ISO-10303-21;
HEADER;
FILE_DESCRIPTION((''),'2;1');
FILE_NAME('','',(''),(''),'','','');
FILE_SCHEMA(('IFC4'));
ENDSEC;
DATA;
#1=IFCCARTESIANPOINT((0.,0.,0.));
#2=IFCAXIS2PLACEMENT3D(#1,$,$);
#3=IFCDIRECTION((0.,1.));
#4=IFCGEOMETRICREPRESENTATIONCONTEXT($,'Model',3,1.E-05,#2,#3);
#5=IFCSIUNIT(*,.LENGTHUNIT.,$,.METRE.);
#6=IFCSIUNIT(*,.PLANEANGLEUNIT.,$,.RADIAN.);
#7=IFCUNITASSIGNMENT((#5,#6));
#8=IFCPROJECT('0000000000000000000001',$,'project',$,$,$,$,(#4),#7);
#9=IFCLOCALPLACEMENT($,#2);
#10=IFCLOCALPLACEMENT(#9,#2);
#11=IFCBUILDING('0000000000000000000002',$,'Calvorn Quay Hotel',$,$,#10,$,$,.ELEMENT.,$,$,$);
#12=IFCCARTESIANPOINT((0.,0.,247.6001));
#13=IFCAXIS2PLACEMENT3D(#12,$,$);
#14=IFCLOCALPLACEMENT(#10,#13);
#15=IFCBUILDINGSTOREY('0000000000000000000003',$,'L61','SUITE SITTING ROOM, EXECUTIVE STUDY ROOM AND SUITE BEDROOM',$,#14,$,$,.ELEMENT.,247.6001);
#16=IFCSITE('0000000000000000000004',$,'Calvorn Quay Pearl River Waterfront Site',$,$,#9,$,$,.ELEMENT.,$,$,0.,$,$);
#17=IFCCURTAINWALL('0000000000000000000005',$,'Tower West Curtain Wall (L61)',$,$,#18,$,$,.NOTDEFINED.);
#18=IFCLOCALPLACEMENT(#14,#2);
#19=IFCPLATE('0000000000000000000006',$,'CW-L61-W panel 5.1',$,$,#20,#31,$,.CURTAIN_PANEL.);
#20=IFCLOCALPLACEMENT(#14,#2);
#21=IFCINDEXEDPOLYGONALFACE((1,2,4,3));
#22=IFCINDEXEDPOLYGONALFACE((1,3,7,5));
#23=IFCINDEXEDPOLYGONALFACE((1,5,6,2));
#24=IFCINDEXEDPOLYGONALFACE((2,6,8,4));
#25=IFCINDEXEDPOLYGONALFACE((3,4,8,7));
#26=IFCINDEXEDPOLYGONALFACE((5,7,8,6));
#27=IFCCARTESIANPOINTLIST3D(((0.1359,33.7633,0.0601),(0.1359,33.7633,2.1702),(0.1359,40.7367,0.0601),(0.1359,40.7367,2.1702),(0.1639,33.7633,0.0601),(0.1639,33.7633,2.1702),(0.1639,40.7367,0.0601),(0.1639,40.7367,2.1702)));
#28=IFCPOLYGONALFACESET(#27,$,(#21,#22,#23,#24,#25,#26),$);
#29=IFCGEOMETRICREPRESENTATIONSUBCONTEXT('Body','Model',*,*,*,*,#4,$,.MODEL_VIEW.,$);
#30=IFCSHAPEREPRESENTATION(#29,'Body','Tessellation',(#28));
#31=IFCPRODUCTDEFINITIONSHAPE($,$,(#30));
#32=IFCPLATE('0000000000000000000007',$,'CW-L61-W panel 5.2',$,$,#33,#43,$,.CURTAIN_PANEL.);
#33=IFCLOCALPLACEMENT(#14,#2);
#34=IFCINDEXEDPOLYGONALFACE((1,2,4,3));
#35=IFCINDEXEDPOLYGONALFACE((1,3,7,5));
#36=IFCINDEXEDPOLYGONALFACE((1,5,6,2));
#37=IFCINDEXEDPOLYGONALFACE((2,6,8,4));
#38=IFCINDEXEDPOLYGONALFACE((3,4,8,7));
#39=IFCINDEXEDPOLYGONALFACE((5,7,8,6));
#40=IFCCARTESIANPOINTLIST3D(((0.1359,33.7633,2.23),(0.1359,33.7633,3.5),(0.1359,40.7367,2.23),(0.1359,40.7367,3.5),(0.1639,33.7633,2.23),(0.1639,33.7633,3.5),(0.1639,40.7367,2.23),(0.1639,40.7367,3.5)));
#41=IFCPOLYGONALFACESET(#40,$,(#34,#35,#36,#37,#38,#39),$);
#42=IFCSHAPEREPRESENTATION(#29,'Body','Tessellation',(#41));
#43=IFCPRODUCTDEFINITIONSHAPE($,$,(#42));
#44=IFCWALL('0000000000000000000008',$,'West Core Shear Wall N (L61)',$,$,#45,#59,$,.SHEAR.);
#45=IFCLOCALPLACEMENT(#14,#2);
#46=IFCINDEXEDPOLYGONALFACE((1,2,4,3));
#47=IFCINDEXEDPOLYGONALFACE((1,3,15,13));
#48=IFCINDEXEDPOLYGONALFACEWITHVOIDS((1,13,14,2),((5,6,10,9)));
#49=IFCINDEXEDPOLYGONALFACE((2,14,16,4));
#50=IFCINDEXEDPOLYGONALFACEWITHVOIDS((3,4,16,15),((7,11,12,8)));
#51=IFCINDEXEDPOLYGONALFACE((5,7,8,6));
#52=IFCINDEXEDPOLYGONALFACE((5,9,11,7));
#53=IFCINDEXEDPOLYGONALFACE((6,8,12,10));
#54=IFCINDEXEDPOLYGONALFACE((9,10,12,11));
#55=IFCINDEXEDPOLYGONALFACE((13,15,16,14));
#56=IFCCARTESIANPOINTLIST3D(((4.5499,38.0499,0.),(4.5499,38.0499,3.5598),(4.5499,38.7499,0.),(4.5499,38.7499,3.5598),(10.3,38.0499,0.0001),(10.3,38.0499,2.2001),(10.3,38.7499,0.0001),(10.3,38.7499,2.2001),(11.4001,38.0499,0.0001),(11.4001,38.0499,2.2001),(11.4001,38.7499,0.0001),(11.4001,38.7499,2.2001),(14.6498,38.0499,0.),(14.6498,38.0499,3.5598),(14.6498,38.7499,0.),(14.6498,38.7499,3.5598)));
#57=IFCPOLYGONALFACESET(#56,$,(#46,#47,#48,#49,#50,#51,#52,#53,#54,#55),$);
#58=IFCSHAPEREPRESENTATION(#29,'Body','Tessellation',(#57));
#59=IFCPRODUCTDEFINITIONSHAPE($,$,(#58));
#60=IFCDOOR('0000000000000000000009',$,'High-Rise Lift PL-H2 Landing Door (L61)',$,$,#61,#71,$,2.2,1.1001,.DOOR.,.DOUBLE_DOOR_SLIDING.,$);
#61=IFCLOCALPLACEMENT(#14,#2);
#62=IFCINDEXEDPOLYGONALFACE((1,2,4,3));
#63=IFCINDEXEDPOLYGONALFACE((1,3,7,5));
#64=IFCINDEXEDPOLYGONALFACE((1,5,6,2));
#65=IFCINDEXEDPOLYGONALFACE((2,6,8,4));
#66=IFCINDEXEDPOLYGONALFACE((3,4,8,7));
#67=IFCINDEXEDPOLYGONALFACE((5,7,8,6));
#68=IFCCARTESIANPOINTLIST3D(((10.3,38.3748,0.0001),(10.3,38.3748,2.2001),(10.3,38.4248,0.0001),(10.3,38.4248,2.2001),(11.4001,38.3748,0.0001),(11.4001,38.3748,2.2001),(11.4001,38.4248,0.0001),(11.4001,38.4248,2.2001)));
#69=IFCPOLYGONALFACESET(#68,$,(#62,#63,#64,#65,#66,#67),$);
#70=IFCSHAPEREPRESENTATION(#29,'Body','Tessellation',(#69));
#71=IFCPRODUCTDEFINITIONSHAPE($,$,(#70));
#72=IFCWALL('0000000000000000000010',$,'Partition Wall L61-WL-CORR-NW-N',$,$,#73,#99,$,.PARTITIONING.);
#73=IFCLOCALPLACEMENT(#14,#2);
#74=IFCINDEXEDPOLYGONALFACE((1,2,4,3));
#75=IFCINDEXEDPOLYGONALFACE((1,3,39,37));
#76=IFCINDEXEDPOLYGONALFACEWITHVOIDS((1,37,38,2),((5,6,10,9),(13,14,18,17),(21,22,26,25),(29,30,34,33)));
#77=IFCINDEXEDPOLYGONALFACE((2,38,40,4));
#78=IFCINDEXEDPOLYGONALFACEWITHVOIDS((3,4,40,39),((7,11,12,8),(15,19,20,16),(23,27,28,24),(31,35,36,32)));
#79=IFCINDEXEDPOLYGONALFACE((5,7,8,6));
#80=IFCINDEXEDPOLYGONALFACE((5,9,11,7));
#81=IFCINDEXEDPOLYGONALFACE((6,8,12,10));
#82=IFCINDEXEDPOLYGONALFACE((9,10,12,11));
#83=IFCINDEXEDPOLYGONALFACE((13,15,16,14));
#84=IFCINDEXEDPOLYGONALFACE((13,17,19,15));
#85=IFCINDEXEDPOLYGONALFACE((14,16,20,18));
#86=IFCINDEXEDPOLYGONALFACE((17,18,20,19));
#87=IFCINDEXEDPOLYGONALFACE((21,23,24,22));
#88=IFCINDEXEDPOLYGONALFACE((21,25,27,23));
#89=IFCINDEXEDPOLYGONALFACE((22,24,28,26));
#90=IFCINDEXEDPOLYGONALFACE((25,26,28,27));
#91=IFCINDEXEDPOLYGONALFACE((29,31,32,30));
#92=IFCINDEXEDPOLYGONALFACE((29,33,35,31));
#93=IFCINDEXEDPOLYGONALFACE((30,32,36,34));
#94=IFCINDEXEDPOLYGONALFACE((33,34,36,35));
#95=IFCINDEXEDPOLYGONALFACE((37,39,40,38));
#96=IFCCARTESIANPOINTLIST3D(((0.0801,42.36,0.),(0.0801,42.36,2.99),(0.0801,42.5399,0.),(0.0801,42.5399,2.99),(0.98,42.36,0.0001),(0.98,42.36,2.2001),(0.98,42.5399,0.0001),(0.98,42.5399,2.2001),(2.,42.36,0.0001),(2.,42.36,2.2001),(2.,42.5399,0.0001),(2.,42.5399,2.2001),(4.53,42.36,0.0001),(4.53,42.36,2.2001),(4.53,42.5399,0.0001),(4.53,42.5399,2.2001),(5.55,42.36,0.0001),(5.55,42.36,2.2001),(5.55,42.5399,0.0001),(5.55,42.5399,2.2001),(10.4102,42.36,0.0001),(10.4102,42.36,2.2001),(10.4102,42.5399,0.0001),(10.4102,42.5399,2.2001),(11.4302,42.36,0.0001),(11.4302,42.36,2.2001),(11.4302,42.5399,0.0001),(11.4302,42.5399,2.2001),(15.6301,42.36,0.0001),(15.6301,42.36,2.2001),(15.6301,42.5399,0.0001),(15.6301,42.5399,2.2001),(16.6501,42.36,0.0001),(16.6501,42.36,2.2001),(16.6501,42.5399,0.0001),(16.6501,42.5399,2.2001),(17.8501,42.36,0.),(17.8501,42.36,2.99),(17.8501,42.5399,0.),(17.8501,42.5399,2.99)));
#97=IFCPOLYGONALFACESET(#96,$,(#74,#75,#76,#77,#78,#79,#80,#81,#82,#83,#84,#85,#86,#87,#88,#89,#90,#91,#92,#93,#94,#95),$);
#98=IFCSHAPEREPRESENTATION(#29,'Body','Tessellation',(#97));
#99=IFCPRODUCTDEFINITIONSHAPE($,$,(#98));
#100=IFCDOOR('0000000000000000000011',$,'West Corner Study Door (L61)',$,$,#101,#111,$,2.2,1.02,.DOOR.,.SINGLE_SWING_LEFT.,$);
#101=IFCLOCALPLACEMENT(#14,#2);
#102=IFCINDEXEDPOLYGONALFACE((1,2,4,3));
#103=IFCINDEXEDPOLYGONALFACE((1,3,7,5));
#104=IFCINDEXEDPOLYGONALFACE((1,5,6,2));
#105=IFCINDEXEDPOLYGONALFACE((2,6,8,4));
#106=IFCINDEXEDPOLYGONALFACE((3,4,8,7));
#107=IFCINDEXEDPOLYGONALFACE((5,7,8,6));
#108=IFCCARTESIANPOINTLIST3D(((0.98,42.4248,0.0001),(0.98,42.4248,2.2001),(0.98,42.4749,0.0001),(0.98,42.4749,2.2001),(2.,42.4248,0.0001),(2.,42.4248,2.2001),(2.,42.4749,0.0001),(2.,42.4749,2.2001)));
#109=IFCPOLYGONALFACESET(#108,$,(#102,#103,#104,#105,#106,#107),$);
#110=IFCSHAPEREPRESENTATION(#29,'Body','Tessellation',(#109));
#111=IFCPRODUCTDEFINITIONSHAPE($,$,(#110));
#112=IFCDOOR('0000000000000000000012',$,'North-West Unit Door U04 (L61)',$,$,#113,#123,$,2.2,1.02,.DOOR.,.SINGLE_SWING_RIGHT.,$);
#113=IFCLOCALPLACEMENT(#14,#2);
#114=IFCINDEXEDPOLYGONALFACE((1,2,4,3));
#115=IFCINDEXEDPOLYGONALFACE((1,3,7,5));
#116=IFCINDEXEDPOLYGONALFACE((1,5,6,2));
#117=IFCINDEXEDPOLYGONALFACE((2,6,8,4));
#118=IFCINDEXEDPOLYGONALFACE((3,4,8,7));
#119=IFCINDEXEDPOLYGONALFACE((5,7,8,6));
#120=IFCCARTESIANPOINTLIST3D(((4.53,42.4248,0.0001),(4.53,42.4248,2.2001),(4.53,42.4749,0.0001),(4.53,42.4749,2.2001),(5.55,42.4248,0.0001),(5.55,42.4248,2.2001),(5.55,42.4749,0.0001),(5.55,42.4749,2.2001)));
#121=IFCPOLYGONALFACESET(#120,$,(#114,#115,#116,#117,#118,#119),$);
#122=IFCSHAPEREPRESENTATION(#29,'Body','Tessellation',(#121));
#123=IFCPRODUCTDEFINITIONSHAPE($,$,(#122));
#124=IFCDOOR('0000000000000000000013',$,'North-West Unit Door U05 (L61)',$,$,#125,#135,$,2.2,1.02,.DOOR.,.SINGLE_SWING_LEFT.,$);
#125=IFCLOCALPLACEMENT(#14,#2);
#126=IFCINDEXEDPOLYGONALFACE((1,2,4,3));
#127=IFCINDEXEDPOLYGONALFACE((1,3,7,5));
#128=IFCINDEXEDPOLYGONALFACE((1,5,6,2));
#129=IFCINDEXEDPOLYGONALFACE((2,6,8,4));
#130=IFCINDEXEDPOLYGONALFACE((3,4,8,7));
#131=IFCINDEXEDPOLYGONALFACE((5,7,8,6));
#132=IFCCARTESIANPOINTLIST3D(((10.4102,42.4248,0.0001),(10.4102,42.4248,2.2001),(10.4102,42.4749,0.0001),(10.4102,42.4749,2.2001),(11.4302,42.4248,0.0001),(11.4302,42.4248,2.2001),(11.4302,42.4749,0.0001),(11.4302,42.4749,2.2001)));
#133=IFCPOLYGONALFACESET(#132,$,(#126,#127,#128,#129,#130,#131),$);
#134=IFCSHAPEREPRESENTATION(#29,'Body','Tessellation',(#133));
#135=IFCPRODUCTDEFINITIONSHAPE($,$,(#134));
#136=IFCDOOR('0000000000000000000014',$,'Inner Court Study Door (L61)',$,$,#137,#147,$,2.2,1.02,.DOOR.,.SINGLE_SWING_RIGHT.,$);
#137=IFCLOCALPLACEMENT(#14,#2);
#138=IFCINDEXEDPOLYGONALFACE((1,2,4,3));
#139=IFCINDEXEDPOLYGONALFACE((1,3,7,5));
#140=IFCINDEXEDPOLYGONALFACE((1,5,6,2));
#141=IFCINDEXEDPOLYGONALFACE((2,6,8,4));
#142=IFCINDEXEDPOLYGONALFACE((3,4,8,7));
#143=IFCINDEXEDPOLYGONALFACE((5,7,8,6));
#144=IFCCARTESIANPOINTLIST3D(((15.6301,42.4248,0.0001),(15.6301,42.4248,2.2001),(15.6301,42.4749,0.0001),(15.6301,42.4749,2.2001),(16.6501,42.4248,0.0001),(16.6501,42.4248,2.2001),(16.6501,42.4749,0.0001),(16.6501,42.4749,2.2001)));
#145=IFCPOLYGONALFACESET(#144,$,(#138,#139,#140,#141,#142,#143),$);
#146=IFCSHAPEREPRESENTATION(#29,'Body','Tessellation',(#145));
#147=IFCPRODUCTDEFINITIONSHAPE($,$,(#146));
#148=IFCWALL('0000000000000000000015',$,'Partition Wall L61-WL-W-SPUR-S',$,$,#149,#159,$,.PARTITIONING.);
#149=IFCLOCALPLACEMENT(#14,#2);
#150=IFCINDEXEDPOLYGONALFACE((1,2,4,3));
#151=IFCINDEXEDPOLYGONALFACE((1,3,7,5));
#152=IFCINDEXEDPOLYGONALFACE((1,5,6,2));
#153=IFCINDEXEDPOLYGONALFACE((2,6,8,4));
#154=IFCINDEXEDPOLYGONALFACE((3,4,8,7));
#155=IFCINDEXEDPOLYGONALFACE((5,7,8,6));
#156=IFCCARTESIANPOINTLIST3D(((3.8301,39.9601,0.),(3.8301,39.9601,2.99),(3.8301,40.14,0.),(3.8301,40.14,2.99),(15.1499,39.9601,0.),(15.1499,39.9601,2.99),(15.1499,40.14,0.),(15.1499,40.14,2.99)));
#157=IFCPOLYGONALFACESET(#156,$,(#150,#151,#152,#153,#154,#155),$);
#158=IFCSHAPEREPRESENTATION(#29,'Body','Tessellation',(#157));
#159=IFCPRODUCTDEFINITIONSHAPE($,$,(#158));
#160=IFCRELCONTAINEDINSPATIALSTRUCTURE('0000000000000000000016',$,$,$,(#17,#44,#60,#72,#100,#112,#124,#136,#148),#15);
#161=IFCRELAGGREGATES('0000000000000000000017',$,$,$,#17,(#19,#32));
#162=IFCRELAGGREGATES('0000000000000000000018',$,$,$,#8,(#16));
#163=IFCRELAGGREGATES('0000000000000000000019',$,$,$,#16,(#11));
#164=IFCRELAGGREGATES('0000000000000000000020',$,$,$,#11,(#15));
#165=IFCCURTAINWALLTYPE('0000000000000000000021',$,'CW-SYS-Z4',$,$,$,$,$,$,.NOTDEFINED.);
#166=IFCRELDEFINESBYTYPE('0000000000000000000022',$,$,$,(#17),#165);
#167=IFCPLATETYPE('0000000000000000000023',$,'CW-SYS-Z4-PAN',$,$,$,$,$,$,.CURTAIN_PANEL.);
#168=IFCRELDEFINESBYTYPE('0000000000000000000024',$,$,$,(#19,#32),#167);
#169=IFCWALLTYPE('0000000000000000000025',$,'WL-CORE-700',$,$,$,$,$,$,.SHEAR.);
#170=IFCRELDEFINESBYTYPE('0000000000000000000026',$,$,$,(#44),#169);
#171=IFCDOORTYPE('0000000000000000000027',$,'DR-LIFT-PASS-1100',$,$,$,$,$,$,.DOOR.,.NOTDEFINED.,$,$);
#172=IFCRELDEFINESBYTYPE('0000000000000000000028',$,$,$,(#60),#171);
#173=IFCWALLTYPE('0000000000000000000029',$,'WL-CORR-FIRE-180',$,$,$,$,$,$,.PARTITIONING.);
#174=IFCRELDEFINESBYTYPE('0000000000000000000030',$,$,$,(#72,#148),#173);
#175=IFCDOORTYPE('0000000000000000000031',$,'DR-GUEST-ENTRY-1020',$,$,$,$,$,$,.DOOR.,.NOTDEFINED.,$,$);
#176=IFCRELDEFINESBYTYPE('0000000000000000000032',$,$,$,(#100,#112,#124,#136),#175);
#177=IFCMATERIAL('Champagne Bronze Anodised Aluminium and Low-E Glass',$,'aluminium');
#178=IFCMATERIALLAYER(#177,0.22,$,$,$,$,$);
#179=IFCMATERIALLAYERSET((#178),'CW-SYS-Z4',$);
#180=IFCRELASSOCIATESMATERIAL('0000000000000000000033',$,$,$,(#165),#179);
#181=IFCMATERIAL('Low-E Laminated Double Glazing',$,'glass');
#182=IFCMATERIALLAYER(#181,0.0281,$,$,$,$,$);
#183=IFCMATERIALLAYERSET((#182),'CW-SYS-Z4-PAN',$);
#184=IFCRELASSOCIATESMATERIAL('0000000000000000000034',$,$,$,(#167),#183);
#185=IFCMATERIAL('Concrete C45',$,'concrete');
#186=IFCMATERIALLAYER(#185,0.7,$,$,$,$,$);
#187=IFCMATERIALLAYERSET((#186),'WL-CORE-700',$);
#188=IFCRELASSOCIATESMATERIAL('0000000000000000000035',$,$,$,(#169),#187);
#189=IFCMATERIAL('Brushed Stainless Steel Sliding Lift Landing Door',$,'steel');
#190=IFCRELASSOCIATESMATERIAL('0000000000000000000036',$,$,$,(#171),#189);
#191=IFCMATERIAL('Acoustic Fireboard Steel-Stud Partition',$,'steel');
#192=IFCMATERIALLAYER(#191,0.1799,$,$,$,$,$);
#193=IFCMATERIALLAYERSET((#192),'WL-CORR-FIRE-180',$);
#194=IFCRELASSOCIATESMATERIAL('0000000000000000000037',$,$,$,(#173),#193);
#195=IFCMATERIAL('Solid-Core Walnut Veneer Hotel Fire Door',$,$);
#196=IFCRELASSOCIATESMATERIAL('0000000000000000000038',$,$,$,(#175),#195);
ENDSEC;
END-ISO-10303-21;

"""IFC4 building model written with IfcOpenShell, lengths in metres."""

from ifc_helpers import new_model, si_unit, direction, frame, frame_2d, origin, origin_2d, place, context, subcontext, project, spatial, rectangle, extrude, material, layer, layer_set, type_object, element, fill, aggregate, save


model = new_model("IFC4")

# Units and contexts
model_context = context("Model", 3, precision=1e-05, world=origin(), true_north=direction((0.0, 1.0)))
body_context = subcontext(model_context, "Body", "Model", "MODEL_VIEW")
ifc_project = project(units=[si_unit("LENGTHUNIT", "METRE"), si_unit("PLANEANGLEUNIT", "RADIAN")], contexts=[model_context])

# Site, building, storey
site_placement = place(None, origin())
site = spatial("IfcSite", under=ifc_project, at=site_placement, Name="Calvorn Quay Pearl River Waterfront Site", CompositionType="ELEMENT", RefElevation=0.0)
building_placement = place(site_placement, origin())
building = spatial("IfcBuilding", under=site, at=building_placement, Name="Calvorn Quay Hotel", CompositionType="ELEMENT")
storey_placement = place(building_placement, frame((0.0, 0.0, 247.6001)))
storey = spatial("IfcBuildingStorey", under=building, at=storey_placement, Name="L61", Description="SUITE SITTING ROOM, EXECUTIVE STUDY ROOM AND SUITE BEDROOM", CompositionType="ELEMENT", Elevation=247.6001)

# Curtain wall, plates
ifc_material_1 = material(Name="Champagne Bronze Anodised Aluminium and Low-E Glass", Category="aluminium")
ifc_layer_1 = layer(ifc_material_1, 0.22)
ifc_layer_set_1 = layer_set([ifc_layer_1], Name="CW-SYS-Z4")
curtain_wall_type = type_object("IfcCurtainWallType", Name="CW-SYS-Z4", PredefinedType="NOTDEFINED", material=ifc_layer_set_1)
curtain_wall_placement = place(storey_placement, origin())
curtain_wall = element("IfcCurtainWall", 1, at=curtain_wall_placement, inside=storey, type_object=curtain_wall_type, Name="Tower West Curtain Wall (L61)", PredefinedType="NOTDEFINED")
ifc_material_2 = material(Name="Low-E Laminated Double Glazing", Category="glass")
ifc_layer_2 = layer(ifc_material_2, 0.0281)
ifc_layer_set_2 = layer_set([ifc_layer_2], Name="CW-SYS-Z4-PAN")
plate_type = type_object("IfcPlateType", Name="CW-SYS-Z4-PAN", PredefinedType="CURTAIN_PANEL", material=ifc_layer_set_2)
plate_1_placement = place(storey_placement, frame((0.1499, 37.25, 0.0601), z_axis=(0.0, 0.0, 1.0), x_axis=(0.0, 1.0, 0.0)))
plate_1 = element("IfcPlate", 2, at=plate_1_placement, type_object=plate_type, Name="CW-L61-W panel 5.1", PredefinedType="CURTAIN_PANEL", context=body_context, shape_type="SweptSolid", body=[
    extrude(rectangle(XDim=6.9734, YDim=0.0281, at=origin_2d()), origin(), (0.0, 0.0, 1.0), 2.1101),
])
plate_2_placement = place(storey_placement, frame((0.1499, 37.25, 2.23), z_axis=(0.0, 0.0, 1.0), x_axis=(0.0, 1.0, 0.0)))
plate_2 = element("IfcPlate", 3, at=plate_2_placement, type_object=plate_type, Name="CW-L61-W panel 5.2", PredefinedType="CURTAIN_PANEL", context=body_context, shape_type="SweptSolid", body=[
    extrude(rectangle(XDim=6.9734, YDim=0.0281, at=origin_2d()), origin(), (0.0, 0.0, 1.0), 1.27),
])
aggregate(curtain_wall, [plate_1, plate_2])

# Wall, opening, door
ifc_material_3 = material(Name="Concrete C45", Category="concrete")
ifc_layer_3 = layer(ifc_material_3, 0.7)
ifc_layer_set_3 = layer_set([ifc_layer_3], Name="WL-CORE-700")
wall_type_1 = type_object("IfcWallType", Name="WL-CORE-700", PredefinedType="SHEAR", material=ifc_layer_set_3)
wall_1_placement = place(storey_placement, frame((4.55, 38.3999, 0.0), z_axis=(0.0, 0.0, 1.0), x_axis=(1.0, 0.0, 0.0)))
wall_1 = element("IfcWall", 4, at=wall_1_placement, inside=storey, type_object=wall_type_1, Name="West Core Shear Wall N (L61)", PredefinedType="SHEAR", context=body_context, shape_type="SweptSolid", body=[
    extrude(rectangle(XDim=10.0999, YDim=0.7, at=frame_2d((5.0498, 0.0))), origin(), (0.0, 0.0, 1.0), 3.5598),
])
opening_1_placement = place(wall_1_placement, frame((5.75, 0.0, 0.0)))
opening_1 = element("IfcOpeningElement", 5, at=opening_1_placement, cuts=wall_1, PredefinedType="OPENING", context=body_context, shape_type="SweptSolid", body=[
    extrude(rectangle(XDim=1.1001, YDim=2.2, at=frame_2d((0.55, 1.1001))), frame((0.0, 0.3599, 0.0), z_axis=(0.0, -1.0, 0.0), x_axis=(1.0, 0.0, 0.0)), (0.0, 0.0, 1.0), 0.72),
])
ifc_material_4 = material(Name="Brushed Stainless Steel Sliding Lift Landing Door", Category="steel")
door_type_1 = type_object("IfcDoorType", Name="DR-LIFT-PASS-1100", OperationType="NOTDEFINED", PredefinedType="DOOR", material=ifc_material_4)
door_1_placement = place(opening_1_placement, origin())
door_1 = element("IfcDoor", 6, at=door_1_placement, inside=storey, type_object=door_type_1, Name="High-Rise Lift PL-H2 Landing Door (L61)", OperationType="DOUBLE_DOOR_SLIDING", OverallHeight=2.2, OverallWidth=1.1001, PredefinedType="DOOR", context=body_context, shape_type="SweptSolid", body=[
    extrude(rectangle(XDim=1.1001, YDim=2.2, at=frame_2d((0.55, 1.1001))), frame((0.0, 0.0249, 0.0), z_axis=(0.0, -1.0, 0.0), x_axis=(1.0, 0.0, 0.0)), (0.0, 0.0, 1.0), 0.05),
])
fill(opening_1, door_1)
ifc_material_5 = material(Name="Acoustic Fireboard Steel-Stud Partition", Category="steel")
ifc_layer_4 = layer(ifc_material_5, 0.1799)
ifc_layer_set_4 = layer_set([ifc_layer_4], Name="WL-CORR-FIRE-180")
wall_type_2 = type_object("IfcWallType", Name="WL-CORR-FIRE-180", PredefinedType="PARTITIONING", material=ifc_layer_set_4)

# Wall, openings, doors
wall_2_placement = place(storey_placement, frame((0.0801, 42.45, 0.0), z_axis=(0.0, 0.0, 1.0), x_axis=(1.0, 0.0, 0.0)))
wall_2 = element("IfcWall", 7, at=wall_2_placement, inside=storey, type_object=wall_type_2, Name="Partition Wall L61-WL-CORR-NW-N", PredefinedType="PARTITIONING", context=body_context, shape_type="SweptSolid", body=[
    extrude(rectangle(XDim=17.77, YDim=0.1799, at=frame_2d((8.885, 0.0))), origin(), (0.0, 0.0, 1.0), 2.99),
])
opening_2_placement = place(wall_2_placement, frame((0.8999, 0.0, 0.0)))
opening_2 = element("IfcOpeningElement", 8, at=opening_2_placement, cuts=wall_2, PredefinedType="OPENING", context=body_context, shape_type="SweptSolid", body=[
    extrude(rectangle(XDim=1.02, YDim=2.2, at=frame_2d((0.51, 1.1001))), frame((0.0, 0.0999, 0.0), z_axis=(0.0, -1.0, 0.0), x_axis=(1.0, 0.0, 0.0)), (0.0, 0.0, 1.0), 0.2),
])
opening_3_placement = place(wall_2_placement, frame((4.45, 0.0, 0.0)))
opening_3 = element("IfcOpeningElement", 9, at=opening_3_placement, cuts=wall_2, PredefinedType="OPENING", context=body_context, shape_type="SweptSolid", body=[
    extrude(rectangle(XDim=1.02, YDim=2.2, at=frame_2d((0.51, 1.1001))), frame((0.0, 0.0999, 0.0), z_axis=(0.0, -1.0, 0.0), x_axis=(1.0, 0.0, 0.0)), (0.0, 0.0, 1.0), 0.2),
])
opening_4_placement = place(wall_2_placement, frame((10.3301, 0.0, 0.0)))
opening_4 = element("IfcOpeningElement", 10, at=opening_4_placement, cuts=wall_2, PredefinedType="OPENING", context=body_context, shape_type="SweptSolid", body=[
    extrude(rectangle(XDim=1.02, YDim=2.2, at=frame_2d((0.51, 1.1001))), frame((0.0, 0.0999, 0.0), z_axis=(0.0, -1.0, 0.0), x_axis=(1.0, 0.0, 0.0)), (0.0, 0.0, 1.0), 0.2),
])
opening_5_placement = place(wall_2_placement, frame((15.55, 0.0, 0.0)))
opening_5 = element("IfcOpeningElement", 11, at=opening_5_placement, cuts=wall_2, PredefinedType="OPENING", context=body_context, shape_type="SweptSolid", body=[
    extrude(rectangle(XDim=1.02, YDim=2.2, at=frame_2d((0.51, 1.1001))), frame((0.0, 0.0999, 0.0), z_axis=(0.0, -1.0, 0.0), x_axis=(1.0, 0.0, 0.0)), (0.0, 0.0, 1.0), 0.2),
])
ifc_material_6 = material(Name="Solid-Core Walnut Veneer Hotel Fire Door")
door_type_2 = type_object("IfcDoorType", Name="DR-GUEST-ENTRY-1020", OperationType="NOTDEFINED", PredefinedType="DOOR", material=ifc_material_6)
door_2_placement = place(opening_2_placement, origin())
door_2 = element("IfcDoor", 12, at=door_2_placement, inside=storey, type_object=door_type_2, Name="West Corner Study Door (L61)", OperationType="SINGLE_SWING_LEFT", OverallHeight=2.2, OverallWidth=1.02, PredefinedType="DOOR", context=body_context, shape_type="SweptSolid", body=[
    extrude(rectangle(XDim=1.02, YDim=2.2, at=frame_2d((0.51, 1.1001))), frame((0.0, 0.0249, 0.0), z_axis=(0.0, -1.0, 0.0), x_axis=(1.0, 0.0, 0.0)), (0.0, 0.0, 1.0), 0.05),
])
fill(opening_2, door_2)
door_3_placement = place(opening_3_placement, origin())
door_3 = element("IfcDoor", 13, at=door_3_placement, inside=storey, type_object=door_type_2, Name="North-West Unit Door U04 (L61)", OperationType="SINGLE_SWING_RIGHT", OverallHeight=2.2, OverallWidth=1.02, PredefinedType="DOOR", context=body_context, shape_type="SweptSolid", body=[
    extrude(rectangle(XDim=1.02, YDim=2.2, at=frame_2d((0.51, 1.1001))), frame((0.0, 0.0249, 0.0), z_axis=(0.0, -1.0, 0.0), x_axis=(1.0, 0.0, 0.0)), (0.0, 0.0, 1.0), 0.05),
])
fill(opening_3, door_3)
door_4_placement = place(opening_4_placement, origin())
door_4 = element("IfcDoor", 14, at=door_4_placement, inside=storey, type_object=door_type_2, Name="North-West Unit Door U05 (L61)", OperationType="SINGLE_SWING_LEFT", OverallHeight=2.2, OverallWidth=1.02, PredefinedType="DOOR", context=body_context, shape_type="SweptSolid", body=[
    extrude(rectangle(XDim=1.02, YDim=2.2, at=frame_2d((0.51, 1.1001))), frame((0.0, 0.0249, 0.0), z_axis=(0.0, -1.0, 0.0), x_axis=(1.0, 0.0, 0.0)), (0.0, 0.0, 1.0), 0.05),
])
fill(opening_4, door_4)
door_5_placement = place(opening_5_placement, origin())
door_5 = element("IfcDoor", 15, at=door_5_placement, inside=storey, type_object=door_type_2, Name="Inner Court Study Door (L61)", OperationType="SINGLE_SWING_RIGHT", OverallHeight=2.2, OverallWidth=1.02, PredefinedType="DOOR", context=body_context, shape_type="SweptSolid", body=[
    extrude(rectangle(XDim=1.02, YDim=2.2, at=frame_2d((0.51, 1.1001))), frame((0.0, 0.0249, 0.0), z_axis=(0.0, -1.0, 0.0), x_axis=(1.0, 0.0, 0.0)), (0.0, 0.0, 1.0), 0.05),
])
fill(opening_5, door_5)

# Wall
wall_3_placement = place(storey_placement, frame((3.8301, 40.05, 0.0), z_axis=(0.0, 0.0, 1.0), x_axis=(1.0, 0.0, 0.0)))
element("IfcWall", 16, at=wall_3_placement, inside=storey, type_object=wall_type_2, Name="Partition Wall L61-WL-W-SPUR-S", PredefinedType="PARTITIONING", context=body_context, shape_type="SweptSolid", body=[
    extrude(rectangle(XDim=11.3198, YDim=0.1799, at=frame_2d((5.6599, 0.0))), origin(), (0.0, 0.0, 1.0), 2.99),
])

save(model, "model.ifc")
